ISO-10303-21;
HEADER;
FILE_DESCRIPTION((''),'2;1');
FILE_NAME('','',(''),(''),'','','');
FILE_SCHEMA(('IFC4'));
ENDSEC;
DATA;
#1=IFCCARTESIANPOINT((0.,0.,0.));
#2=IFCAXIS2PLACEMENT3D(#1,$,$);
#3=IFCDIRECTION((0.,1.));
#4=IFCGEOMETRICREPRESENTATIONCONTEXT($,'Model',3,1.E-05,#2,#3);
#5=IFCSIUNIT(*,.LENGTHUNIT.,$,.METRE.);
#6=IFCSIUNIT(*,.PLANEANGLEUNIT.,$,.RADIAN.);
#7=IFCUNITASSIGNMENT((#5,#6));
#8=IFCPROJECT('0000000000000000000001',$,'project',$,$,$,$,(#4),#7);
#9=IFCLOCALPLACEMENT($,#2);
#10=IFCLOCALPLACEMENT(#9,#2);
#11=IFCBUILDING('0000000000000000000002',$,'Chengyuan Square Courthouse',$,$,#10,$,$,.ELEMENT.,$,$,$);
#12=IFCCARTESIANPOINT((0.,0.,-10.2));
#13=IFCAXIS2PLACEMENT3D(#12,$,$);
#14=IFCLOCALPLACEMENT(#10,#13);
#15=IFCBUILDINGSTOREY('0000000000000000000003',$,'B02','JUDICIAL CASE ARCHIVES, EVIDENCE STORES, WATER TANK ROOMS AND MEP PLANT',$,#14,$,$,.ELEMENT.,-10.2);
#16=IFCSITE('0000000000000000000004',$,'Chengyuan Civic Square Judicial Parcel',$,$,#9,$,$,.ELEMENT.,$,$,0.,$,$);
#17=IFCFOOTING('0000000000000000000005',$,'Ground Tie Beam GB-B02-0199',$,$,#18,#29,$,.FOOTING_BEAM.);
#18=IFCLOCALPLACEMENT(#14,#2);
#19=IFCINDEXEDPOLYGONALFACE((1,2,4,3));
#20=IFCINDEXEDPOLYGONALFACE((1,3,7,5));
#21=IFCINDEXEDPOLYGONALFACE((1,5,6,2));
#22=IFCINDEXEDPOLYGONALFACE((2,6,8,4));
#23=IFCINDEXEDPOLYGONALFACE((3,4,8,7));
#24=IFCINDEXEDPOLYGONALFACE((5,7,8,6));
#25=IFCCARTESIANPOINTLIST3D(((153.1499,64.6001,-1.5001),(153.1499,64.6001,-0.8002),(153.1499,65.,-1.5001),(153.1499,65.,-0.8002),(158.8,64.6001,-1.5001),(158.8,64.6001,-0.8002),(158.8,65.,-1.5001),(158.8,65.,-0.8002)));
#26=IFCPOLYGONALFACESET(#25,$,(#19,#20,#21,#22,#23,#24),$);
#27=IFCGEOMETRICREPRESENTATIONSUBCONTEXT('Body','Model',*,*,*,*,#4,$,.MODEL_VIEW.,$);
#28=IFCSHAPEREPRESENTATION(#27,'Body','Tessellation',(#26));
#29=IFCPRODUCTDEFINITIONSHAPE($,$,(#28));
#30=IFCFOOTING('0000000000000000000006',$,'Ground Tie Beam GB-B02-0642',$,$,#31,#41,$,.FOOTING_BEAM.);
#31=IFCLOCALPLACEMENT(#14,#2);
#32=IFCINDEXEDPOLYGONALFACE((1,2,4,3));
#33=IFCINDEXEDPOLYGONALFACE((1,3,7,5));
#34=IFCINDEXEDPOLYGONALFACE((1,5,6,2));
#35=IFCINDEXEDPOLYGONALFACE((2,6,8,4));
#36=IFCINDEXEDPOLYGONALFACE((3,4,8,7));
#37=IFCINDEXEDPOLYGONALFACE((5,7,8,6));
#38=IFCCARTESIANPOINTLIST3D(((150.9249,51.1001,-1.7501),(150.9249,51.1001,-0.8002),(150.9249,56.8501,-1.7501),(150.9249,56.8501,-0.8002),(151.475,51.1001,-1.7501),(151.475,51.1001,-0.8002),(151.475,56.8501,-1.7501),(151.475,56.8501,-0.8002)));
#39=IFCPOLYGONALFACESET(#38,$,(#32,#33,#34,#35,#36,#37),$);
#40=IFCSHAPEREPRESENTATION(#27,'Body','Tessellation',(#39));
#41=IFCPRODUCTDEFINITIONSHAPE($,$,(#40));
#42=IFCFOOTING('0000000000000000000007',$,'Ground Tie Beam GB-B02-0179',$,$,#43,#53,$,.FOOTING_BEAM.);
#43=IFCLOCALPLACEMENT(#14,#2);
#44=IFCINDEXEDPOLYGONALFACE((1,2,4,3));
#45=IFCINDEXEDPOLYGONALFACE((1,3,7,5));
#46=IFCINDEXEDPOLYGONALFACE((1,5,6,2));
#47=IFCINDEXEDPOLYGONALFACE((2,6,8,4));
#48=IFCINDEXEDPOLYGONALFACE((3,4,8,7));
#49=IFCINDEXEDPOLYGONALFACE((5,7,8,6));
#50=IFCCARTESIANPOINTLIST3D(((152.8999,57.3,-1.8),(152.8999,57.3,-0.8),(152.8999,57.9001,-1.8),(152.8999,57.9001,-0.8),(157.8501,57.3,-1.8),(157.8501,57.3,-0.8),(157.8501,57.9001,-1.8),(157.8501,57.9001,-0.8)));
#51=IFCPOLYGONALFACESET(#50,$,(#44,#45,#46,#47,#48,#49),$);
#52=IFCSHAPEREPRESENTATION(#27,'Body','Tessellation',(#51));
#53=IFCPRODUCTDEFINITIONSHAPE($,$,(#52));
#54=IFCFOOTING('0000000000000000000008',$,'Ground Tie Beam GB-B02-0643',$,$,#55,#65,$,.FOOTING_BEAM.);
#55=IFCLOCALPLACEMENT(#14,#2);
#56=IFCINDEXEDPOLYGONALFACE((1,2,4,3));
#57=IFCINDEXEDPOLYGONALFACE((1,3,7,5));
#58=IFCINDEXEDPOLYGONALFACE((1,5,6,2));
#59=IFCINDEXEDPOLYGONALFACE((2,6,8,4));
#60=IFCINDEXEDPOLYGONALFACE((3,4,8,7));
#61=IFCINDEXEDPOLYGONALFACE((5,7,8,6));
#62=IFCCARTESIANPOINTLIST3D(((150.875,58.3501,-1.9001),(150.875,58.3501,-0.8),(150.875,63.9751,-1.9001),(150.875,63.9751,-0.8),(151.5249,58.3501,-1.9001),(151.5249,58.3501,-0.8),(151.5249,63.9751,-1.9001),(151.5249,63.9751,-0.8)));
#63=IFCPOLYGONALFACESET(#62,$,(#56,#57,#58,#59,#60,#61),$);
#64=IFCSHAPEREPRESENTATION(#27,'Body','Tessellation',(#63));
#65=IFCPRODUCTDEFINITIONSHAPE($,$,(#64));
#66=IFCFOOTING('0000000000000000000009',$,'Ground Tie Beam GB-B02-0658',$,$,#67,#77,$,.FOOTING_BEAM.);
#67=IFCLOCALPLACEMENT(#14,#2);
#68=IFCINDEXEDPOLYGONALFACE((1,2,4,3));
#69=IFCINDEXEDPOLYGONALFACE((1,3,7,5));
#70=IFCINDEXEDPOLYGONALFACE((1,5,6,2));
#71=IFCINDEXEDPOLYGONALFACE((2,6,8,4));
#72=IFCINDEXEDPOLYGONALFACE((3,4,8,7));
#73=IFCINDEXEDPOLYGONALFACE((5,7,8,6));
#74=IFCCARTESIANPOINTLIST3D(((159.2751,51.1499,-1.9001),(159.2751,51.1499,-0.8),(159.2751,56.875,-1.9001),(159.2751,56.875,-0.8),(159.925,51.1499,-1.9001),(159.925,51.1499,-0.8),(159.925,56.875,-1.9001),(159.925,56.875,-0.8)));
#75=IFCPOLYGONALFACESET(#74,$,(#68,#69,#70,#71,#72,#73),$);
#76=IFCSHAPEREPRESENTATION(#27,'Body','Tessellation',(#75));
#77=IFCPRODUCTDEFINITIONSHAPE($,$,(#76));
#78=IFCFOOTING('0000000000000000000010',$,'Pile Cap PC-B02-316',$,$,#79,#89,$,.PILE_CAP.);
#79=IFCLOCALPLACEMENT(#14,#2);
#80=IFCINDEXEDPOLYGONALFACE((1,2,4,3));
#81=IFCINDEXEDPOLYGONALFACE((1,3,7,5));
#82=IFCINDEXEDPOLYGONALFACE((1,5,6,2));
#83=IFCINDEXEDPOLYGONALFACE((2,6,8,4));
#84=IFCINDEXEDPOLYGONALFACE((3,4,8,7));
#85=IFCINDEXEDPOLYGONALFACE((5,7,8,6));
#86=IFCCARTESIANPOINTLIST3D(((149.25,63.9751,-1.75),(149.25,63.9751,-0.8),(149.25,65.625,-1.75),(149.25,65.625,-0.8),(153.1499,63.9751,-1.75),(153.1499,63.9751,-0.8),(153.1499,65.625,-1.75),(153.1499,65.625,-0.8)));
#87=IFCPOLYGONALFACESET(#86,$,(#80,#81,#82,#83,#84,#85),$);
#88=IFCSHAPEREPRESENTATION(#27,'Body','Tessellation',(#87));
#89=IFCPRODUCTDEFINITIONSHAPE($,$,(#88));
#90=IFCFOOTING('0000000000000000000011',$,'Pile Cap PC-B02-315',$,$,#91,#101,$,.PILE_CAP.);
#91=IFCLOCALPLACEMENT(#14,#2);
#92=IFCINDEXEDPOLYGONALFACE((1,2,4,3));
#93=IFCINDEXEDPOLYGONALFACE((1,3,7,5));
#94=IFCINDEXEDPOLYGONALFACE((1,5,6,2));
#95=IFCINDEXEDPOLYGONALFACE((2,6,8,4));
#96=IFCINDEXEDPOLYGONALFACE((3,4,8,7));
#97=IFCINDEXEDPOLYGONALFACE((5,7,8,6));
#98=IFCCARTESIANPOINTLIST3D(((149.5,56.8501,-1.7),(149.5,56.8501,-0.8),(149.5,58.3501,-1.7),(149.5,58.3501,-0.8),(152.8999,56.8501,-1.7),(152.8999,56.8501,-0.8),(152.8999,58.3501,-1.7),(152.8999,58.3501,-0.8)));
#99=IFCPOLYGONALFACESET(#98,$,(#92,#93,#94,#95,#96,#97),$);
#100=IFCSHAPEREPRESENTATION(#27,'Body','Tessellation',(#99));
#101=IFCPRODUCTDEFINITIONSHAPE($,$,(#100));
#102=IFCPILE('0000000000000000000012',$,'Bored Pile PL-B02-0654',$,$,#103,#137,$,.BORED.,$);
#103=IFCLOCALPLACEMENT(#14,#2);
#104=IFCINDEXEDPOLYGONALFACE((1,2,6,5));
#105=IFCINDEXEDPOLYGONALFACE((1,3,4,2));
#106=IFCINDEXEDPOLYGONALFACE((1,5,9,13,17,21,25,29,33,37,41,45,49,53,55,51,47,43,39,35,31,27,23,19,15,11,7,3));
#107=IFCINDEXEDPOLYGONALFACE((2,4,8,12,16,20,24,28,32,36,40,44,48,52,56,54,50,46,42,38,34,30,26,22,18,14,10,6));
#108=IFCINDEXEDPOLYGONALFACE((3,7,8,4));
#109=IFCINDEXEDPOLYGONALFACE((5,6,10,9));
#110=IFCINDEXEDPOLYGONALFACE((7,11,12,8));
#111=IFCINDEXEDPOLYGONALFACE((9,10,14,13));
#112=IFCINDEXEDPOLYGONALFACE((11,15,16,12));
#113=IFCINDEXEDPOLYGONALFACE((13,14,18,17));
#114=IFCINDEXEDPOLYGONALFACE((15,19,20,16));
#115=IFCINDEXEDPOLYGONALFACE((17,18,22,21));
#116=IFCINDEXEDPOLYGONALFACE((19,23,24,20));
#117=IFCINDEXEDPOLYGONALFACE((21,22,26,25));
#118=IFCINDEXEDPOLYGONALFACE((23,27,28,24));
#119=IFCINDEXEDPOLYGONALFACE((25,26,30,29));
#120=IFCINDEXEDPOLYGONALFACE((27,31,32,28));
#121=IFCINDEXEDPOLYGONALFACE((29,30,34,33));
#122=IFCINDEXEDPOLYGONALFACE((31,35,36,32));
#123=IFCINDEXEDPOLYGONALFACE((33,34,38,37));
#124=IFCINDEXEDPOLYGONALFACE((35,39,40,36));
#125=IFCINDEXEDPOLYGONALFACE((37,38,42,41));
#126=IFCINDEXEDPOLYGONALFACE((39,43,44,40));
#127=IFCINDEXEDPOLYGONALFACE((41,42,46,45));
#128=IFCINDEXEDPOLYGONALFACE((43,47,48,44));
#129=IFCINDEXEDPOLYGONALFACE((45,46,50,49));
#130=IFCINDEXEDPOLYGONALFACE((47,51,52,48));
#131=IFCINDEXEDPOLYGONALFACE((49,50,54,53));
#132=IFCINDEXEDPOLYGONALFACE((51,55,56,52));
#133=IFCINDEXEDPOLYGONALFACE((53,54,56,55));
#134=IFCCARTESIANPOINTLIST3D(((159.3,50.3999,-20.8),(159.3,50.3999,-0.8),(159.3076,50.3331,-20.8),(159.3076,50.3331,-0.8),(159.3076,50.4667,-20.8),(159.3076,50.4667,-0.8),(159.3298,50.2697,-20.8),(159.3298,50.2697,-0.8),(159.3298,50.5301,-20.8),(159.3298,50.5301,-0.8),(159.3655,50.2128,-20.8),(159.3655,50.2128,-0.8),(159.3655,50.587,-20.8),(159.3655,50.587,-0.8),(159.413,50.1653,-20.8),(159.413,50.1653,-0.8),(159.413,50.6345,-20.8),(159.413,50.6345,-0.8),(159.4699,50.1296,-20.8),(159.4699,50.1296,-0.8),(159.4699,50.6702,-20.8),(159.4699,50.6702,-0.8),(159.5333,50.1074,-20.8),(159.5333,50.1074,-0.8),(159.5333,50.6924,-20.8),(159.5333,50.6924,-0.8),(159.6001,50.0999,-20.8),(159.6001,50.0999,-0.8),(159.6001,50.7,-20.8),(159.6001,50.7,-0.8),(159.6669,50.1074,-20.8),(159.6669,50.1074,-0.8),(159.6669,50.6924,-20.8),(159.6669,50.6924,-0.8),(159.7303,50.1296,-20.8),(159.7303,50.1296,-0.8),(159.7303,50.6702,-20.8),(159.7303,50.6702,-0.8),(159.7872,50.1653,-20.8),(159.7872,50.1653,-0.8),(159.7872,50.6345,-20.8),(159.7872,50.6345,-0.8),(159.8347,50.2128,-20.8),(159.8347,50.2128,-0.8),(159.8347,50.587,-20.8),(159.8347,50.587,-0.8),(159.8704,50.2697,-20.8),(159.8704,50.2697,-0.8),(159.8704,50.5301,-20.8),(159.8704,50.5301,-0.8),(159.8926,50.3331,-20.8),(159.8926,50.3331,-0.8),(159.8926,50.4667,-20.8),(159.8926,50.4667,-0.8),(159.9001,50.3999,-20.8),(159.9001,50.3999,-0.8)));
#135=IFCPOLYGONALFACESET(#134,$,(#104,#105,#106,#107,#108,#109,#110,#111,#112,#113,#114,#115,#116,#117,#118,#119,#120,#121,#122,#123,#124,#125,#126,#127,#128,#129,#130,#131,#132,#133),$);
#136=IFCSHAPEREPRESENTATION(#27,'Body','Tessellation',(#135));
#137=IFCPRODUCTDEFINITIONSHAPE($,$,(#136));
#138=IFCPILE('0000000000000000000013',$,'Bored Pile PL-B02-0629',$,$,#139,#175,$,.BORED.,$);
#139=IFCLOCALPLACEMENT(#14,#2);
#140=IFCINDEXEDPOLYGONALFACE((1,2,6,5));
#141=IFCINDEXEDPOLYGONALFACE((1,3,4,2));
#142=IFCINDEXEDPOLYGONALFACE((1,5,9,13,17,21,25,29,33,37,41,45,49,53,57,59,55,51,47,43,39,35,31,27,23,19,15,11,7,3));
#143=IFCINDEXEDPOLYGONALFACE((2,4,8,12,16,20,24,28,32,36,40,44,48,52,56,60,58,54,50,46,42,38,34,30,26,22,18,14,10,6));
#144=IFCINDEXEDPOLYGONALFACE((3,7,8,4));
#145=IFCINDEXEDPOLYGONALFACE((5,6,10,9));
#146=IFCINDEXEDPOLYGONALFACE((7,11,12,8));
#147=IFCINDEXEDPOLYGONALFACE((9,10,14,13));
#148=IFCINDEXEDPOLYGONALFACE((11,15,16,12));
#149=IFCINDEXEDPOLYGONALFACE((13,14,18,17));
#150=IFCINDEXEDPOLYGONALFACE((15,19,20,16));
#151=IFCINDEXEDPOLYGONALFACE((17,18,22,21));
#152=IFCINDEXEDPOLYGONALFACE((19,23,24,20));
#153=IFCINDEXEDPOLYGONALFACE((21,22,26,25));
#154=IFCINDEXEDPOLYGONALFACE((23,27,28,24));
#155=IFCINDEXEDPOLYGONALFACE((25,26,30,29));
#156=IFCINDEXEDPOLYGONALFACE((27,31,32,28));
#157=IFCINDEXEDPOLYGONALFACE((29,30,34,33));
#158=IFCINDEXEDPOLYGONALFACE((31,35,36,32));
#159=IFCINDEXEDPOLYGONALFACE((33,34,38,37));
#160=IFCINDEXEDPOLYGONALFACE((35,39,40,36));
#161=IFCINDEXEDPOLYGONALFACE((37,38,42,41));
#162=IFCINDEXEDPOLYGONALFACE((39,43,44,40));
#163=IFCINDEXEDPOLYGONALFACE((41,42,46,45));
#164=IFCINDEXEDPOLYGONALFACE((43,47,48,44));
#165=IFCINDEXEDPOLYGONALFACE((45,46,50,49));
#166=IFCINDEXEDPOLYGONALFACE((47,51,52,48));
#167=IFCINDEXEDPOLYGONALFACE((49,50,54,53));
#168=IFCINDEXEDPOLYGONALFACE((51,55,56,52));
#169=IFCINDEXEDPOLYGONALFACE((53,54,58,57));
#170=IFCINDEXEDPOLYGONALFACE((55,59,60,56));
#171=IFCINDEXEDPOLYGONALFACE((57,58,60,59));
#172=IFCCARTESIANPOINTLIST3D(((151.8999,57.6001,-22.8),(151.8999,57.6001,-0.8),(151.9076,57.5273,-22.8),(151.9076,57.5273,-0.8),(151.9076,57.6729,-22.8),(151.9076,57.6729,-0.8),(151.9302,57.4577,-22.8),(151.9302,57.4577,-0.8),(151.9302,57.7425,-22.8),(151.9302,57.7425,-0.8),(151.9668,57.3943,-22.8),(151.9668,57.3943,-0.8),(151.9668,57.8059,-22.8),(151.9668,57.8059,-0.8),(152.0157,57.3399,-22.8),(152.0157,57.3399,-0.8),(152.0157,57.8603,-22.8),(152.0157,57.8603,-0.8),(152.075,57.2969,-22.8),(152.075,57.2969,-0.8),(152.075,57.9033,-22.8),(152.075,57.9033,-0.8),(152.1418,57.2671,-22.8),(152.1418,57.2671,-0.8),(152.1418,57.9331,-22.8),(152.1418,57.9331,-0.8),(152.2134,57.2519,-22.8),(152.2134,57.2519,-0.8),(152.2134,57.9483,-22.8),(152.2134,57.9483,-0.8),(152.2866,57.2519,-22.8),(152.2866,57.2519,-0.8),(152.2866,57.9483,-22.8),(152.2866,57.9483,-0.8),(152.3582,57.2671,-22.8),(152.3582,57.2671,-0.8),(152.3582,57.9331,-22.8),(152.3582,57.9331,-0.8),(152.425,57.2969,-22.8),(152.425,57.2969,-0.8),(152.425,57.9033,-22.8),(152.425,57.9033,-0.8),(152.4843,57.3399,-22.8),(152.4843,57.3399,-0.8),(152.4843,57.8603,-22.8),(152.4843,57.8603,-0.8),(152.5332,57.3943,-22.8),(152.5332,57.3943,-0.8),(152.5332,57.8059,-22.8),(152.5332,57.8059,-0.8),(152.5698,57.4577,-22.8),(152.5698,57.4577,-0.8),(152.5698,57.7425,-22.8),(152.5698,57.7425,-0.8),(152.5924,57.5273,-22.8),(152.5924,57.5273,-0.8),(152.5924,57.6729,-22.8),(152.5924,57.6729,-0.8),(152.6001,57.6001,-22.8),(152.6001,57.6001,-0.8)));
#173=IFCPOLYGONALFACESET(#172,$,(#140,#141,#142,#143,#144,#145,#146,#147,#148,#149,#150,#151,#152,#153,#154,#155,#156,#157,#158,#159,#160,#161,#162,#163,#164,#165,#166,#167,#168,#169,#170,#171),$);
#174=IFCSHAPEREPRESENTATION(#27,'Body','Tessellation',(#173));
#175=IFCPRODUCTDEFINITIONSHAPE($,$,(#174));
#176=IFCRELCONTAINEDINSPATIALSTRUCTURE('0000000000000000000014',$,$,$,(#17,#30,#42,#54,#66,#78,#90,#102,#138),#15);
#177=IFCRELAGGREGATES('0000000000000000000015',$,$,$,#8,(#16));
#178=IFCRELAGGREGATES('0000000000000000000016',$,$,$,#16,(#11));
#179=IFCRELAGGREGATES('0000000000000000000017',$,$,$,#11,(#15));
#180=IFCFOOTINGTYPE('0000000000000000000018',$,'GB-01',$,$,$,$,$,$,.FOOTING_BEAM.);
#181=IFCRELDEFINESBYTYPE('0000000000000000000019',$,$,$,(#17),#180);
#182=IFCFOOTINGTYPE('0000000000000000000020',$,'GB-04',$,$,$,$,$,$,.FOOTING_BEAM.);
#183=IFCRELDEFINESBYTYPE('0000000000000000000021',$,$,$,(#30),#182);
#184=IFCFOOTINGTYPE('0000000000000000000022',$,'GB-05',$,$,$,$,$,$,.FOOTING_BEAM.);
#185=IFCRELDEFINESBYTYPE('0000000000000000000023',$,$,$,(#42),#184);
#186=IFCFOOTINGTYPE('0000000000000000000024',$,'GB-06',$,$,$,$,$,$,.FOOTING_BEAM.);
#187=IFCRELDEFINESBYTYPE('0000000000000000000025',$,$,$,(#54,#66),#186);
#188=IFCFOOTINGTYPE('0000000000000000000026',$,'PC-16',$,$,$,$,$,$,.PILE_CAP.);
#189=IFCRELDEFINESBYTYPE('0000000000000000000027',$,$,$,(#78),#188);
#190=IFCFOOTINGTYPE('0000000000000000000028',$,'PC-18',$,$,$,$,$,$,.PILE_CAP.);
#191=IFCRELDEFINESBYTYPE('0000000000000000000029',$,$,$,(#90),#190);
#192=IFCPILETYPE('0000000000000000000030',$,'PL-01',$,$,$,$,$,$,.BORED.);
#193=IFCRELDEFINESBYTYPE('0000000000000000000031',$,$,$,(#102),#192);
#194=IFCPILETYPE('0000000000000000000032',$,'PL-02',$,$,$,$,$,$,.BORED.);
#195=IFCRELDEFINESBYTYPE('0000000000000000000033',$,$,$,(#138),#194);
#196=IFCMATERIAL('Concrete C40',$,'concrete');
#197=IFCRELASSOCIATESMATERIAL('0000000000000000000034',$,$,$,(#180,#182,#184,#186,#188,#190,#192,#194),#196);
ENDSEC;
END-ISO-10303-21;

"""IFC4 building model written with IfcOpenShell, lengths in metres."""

from ifc_helpers import new_model, si_unit, direction, frame, origin, origin_2d, place, context, subcontext, project, spatial, rectangle, circle, extrude, material, material_profile, profile_set, type_object, element, save


model = new_model("IFC4")

# Units and contexts
model_context = context("Model", 3, precision=1e-05, world=origin(), true_north=direction((0.0, 1.0)))
body_context = subcontext(model_context, "Body", "Model", "MODEL_VIEW")
ifc_project = project(units=[si_unit("LENGTHUNIT", "METRE"), si_unit("PLANEANGLEUNIT", "RADIAN")], contexts=[model_context])

# Site, building, storey
site_placement = place(None, origin())
site = spatial("IfcSite", under=ifc_project, at=site_placement, Name="Chengyuan Civic Square Judicial Parcel", CompositionType="ELEMENT", RefElevation=0.0)
building_placement = place(site_placement, origin())
building = spatial("IfcBuilding", under=site, at=building_placement, Name="Chengyuan Square Courthouse", CompositionType="ELEMENT")
storey_placement = place(building_placement, frame((0.0, 0.0, -10.2)))
storey = spatial("IfcBuildingStorey", under=building, at=storey_placement, Name="B02", Description="JUDICIAL CASE ARCHIVES, EVIDENCE STORES, WATER TANK ROOMS AND MEP PLANT", CompositionType="ELEMENT", Elevation=-10.2)

# Footings
ifc_material_1 = material(Name="Concrete C40", Category="concrete")
ifc_material_profile_1 = material_profile(ifc_material_1, rectangle(XDim=0.3999, YDim=0.7, at=origin_2d()), Name="GB-400x700")
ifc_profile_set_1 = profile_set([ifc_material_profile_1], Name="Concrete C40")
footing_type_1 = type_object("IfcFootingType", Name="GB-01", PredefinedType="FOOTING_BEAM", material=ifc_profile_set_1)
footing_1_placement = place(storey_placement, frame((153.1499, 64.8, -1.1501), z_axis=(1.0, 0.0, 0.0), x_axis=(0.0, 1.0, 0.0)))
element("IfcFooting", 1, at=footing_1_placement, inside=storey, type_object=footing_type_1, Name="Ground Tie Beam GB-B02-0199", PredefinedType="FOOTING_BEAM", context=body_context, shape_type="SweptSolid", body=[
    extrude(rectangle(XDim=0.3999, YDim=0.7, at=origin_2d()), origin(), (0.0, 0.0, 1.0), 5.6501),
])
ifc_material_profile_2 = material_profile(ifc_material_1, rectangle(XDim=0.55, YDim=0.95, at=origin_2d()), Name="GB-550x950")
ifc_profile_set_2 = profile_set([ifc_material_profile_2], Name="Concrete C40")
footing_type_2 = type_object("IfcFootingType", Name="GB-04", PredefinedType="FOOTING_BEAM", material=ifc_profile_set_2)
footing_2_placement = place(storey_placement, frame((151.2, 51.1001, -1.2751), z_axis=(0.0, 1.0, 0.0), x_axis=(-1.0, 0.0, 0.0)))
element("IfcFooting", 2, at=footing_2_placement, inside=storey, type_object=footing_type_2, Name="Ground Tie Beam GB-B02-0642", PredefinedType="FOOTING_BEAM", context=body_context, shape_type="SweptSolid", body=[
    extrude(rectangle(XDim=0.55, YDim=0.95, at=origin_2d()), origin(), (0.0, 0.0, 1.0), 5.75),
])
ifc_material_profile_3 = material_profile(ifc_material_1, rectangle(XDim=0.6001, YDim=1.0, at=origin_2d()), Name="GB-600x1000")
ifc_profile_set_3 = profile_set([ifc_material_profile_3], Name="Concrete C40")
footing_type_3 = type_object("IfcFootingType", Name="GB-05", PredefinedType="FOOTING_BEAM", material=ifc_profile_set_3)
footing_3_placement = place(storey_placement, frame((152.8999, 57.6001, -1.3), z_axis=(1.0, 0.0, 0.0), x_axis=(0.0, 1.0, 0.0)))
element("IfcFooting", 3, at=footing_3_placement, inside=storey, type_object=footing_type_3, Name="Ground Tie Beam GB-B02-0179", PredefinedType="FOOTING_BEAM", context=body_context, shape_type="SweptSolid", body=[
    extrude(rectangle(XDim=0.6001, YDim=1.0, at=origin_2d()), origin(), (0.0, 0.0, 1.0), 4.9502),
])
ifc_material_profile_4 = material_profile(ifc_material_1, rectangle(XDim=0.6499, YDim=1.1001, at=origin_2d()), Name="GB-650x1100")
ifc_profile_set_4 = profile_set([ifc_material_profile_4], Name="Concrete C40")
footing_type_4 = type_object("IfcFootingType", Name="GB-06", PredefinedType="FOOTING_BEAM", material=ifc_profile_set_4)
footing_4_placement = place(storey_placement, frame((151.2, 58.3501, -1.3501), z_axis=(0.0, 1.0, 0.0), x_axis=(-1.0, 0.0, 0.0)))
element("IfcFooting", 4, at=footing_4_placement, inside=storey, type_object=footing_type_4, Name="Ground Tie Beam GB-B02-0643", PredefinedType="FOOTING_BEAM", context=body_context, shape_type="SweptSolid", body=[
    extrude(rectangle(XDim=0.6499, YDim=1.1001, at=origin_2d()), origin(), (0.0, 0.0, 1.0), 5.625),
])
footing_5_placement = place(storey_placement, frame((159.6001, 51.1499, -1.3501), z_axis=(0.0, 1.0, 0.0), x_axis=(-1.0, 0.0, 0.0)))
element("IfcFooting", 5, at=footing_5_placement, inside=storey, type_object=footing_type_4, Name="Ground Tie Beam GB-B02-0658", PredefinedType="FOOTING_BEAM", context=body_context, shape_type="SweptSolid", body=[
    extrude(rectangle(XDim=0.6499, YDim=1.1001, at=origin_2d()), origin(), (0.0, 0.0, 1.0), 5.7251),
])
footing_type_5 = type_object("IfcFootingType", Name="PC-16", PredefinedType="PILE_CAP", material=ifc_material_1)
footing_6_placement = place(storey_placement, frame((151.2, 64.8, -1.75), z_axis=(0.0, 0.0, 1.0), x_axis=(1.0, 0.0, 0.0)))
element("IfcFooting", 6, at=footing_6_placement, inside=storey, type_object=footing_type_5, Name="Pile Cap PC-B02-316", PredefinedType="PILE_CAP", context=body_context, shape_type="SweptSolid", body=[
    extrude(rectangle(XDim=3.8999, YDim=1.6499, at=origin_2d()), origin(), (0.0, 0.0, 1.0), 0.95),
])
footing_type_6 = type_object("IfcFootingType", Name="PC-18", PredefinedType="PILE_CAP", material=ifc_material_1)
footing_7_placement = place(storey_placement, frame((151.2, 57.6001, -1.7), z_axis=(0.0, 0.0, 1.0), x_axis=(1.0, 0.0, 0.0)))
element("IfcFooting", 7, at=footing_7_placement, inside=storey, type_object=footing_type_6, Name="Pile Cap PC-B02-315", PredefinedType="PILE_CAP", context=body_context, shape_type="SweptSolid", body=[
    extrude(rectangle(XDim=3.3999, YDim=1.5, at=origin_2d()), origin(), (0.0, 0.0, 1.0), 0.8999),
])

# Piles
ifc_material_profile_5 = material_profile(ifc_material_1, circle(Radius=0.3, at=origin_2d()), Name="BORED PILE D600")
ifc_profile_set_5 = profile_set([ifc_material_profile_5], Name="Concrete C40")
pile_type_1 = type_object("IfcPileType", Name="PL-01", PredefinedType="BORED", material=ifc_profile_set_5)
pile_1_placement = place(storey_placement, frame((159.6001, 50.3999, -0.8), z_axis=(0.0, 0.0, -1.0), x_axis=(1.0, 0.0, 0.0)))
element("IfcPile", 8, at=pile_1_placement, inside=storey, type_object=pile_type_1, Name="Bored Pile PL-B02-0654", PredefinedType="BORED", context=body_context, shape_type="SweptSolid", body=[
    extrude(circle(Radius=0.3, at=origin_2d()), origin(), (0.0, 0.0, 1.0), 20.0),
])
ifc_material_profile_6 = material_profile(ifc_material_1, circle(Radius=0.3501, at=origin_2d()), Name="BORED PILE D700")
ifc_profile_set_6 = profile_set([ifc_material_profile_6], Name="Concrete C40")
pile_type_2 = type_object("IfcPileType", Name="PL-02", PredefinedType="BORED", material=ifc_profile_set_6)
for number, where, z_axis, x_axis, name in (
    (9, (152.25, 57.6001, -0.8), (0.0, 0.0, -1.0), (1.0, 0.0, 0.0), "Bored Pile PL-B02-0629"),
):
    element("IfcPile", number, at=place(storey_placement, frame(where, z_axis=z_axis, x_axis=x_axis)), inside=storey, type_object=pile_type_2, Name=name, PredefinedType="BORED", context=body_context, shape_type="SweptSolid", body=[
        extrude(circle(Radius=0.3501, at=origin_2d()), origin(), (0.0, 0.0, 1.0), 22.0),
    ])

save(model, "model.ifc")
